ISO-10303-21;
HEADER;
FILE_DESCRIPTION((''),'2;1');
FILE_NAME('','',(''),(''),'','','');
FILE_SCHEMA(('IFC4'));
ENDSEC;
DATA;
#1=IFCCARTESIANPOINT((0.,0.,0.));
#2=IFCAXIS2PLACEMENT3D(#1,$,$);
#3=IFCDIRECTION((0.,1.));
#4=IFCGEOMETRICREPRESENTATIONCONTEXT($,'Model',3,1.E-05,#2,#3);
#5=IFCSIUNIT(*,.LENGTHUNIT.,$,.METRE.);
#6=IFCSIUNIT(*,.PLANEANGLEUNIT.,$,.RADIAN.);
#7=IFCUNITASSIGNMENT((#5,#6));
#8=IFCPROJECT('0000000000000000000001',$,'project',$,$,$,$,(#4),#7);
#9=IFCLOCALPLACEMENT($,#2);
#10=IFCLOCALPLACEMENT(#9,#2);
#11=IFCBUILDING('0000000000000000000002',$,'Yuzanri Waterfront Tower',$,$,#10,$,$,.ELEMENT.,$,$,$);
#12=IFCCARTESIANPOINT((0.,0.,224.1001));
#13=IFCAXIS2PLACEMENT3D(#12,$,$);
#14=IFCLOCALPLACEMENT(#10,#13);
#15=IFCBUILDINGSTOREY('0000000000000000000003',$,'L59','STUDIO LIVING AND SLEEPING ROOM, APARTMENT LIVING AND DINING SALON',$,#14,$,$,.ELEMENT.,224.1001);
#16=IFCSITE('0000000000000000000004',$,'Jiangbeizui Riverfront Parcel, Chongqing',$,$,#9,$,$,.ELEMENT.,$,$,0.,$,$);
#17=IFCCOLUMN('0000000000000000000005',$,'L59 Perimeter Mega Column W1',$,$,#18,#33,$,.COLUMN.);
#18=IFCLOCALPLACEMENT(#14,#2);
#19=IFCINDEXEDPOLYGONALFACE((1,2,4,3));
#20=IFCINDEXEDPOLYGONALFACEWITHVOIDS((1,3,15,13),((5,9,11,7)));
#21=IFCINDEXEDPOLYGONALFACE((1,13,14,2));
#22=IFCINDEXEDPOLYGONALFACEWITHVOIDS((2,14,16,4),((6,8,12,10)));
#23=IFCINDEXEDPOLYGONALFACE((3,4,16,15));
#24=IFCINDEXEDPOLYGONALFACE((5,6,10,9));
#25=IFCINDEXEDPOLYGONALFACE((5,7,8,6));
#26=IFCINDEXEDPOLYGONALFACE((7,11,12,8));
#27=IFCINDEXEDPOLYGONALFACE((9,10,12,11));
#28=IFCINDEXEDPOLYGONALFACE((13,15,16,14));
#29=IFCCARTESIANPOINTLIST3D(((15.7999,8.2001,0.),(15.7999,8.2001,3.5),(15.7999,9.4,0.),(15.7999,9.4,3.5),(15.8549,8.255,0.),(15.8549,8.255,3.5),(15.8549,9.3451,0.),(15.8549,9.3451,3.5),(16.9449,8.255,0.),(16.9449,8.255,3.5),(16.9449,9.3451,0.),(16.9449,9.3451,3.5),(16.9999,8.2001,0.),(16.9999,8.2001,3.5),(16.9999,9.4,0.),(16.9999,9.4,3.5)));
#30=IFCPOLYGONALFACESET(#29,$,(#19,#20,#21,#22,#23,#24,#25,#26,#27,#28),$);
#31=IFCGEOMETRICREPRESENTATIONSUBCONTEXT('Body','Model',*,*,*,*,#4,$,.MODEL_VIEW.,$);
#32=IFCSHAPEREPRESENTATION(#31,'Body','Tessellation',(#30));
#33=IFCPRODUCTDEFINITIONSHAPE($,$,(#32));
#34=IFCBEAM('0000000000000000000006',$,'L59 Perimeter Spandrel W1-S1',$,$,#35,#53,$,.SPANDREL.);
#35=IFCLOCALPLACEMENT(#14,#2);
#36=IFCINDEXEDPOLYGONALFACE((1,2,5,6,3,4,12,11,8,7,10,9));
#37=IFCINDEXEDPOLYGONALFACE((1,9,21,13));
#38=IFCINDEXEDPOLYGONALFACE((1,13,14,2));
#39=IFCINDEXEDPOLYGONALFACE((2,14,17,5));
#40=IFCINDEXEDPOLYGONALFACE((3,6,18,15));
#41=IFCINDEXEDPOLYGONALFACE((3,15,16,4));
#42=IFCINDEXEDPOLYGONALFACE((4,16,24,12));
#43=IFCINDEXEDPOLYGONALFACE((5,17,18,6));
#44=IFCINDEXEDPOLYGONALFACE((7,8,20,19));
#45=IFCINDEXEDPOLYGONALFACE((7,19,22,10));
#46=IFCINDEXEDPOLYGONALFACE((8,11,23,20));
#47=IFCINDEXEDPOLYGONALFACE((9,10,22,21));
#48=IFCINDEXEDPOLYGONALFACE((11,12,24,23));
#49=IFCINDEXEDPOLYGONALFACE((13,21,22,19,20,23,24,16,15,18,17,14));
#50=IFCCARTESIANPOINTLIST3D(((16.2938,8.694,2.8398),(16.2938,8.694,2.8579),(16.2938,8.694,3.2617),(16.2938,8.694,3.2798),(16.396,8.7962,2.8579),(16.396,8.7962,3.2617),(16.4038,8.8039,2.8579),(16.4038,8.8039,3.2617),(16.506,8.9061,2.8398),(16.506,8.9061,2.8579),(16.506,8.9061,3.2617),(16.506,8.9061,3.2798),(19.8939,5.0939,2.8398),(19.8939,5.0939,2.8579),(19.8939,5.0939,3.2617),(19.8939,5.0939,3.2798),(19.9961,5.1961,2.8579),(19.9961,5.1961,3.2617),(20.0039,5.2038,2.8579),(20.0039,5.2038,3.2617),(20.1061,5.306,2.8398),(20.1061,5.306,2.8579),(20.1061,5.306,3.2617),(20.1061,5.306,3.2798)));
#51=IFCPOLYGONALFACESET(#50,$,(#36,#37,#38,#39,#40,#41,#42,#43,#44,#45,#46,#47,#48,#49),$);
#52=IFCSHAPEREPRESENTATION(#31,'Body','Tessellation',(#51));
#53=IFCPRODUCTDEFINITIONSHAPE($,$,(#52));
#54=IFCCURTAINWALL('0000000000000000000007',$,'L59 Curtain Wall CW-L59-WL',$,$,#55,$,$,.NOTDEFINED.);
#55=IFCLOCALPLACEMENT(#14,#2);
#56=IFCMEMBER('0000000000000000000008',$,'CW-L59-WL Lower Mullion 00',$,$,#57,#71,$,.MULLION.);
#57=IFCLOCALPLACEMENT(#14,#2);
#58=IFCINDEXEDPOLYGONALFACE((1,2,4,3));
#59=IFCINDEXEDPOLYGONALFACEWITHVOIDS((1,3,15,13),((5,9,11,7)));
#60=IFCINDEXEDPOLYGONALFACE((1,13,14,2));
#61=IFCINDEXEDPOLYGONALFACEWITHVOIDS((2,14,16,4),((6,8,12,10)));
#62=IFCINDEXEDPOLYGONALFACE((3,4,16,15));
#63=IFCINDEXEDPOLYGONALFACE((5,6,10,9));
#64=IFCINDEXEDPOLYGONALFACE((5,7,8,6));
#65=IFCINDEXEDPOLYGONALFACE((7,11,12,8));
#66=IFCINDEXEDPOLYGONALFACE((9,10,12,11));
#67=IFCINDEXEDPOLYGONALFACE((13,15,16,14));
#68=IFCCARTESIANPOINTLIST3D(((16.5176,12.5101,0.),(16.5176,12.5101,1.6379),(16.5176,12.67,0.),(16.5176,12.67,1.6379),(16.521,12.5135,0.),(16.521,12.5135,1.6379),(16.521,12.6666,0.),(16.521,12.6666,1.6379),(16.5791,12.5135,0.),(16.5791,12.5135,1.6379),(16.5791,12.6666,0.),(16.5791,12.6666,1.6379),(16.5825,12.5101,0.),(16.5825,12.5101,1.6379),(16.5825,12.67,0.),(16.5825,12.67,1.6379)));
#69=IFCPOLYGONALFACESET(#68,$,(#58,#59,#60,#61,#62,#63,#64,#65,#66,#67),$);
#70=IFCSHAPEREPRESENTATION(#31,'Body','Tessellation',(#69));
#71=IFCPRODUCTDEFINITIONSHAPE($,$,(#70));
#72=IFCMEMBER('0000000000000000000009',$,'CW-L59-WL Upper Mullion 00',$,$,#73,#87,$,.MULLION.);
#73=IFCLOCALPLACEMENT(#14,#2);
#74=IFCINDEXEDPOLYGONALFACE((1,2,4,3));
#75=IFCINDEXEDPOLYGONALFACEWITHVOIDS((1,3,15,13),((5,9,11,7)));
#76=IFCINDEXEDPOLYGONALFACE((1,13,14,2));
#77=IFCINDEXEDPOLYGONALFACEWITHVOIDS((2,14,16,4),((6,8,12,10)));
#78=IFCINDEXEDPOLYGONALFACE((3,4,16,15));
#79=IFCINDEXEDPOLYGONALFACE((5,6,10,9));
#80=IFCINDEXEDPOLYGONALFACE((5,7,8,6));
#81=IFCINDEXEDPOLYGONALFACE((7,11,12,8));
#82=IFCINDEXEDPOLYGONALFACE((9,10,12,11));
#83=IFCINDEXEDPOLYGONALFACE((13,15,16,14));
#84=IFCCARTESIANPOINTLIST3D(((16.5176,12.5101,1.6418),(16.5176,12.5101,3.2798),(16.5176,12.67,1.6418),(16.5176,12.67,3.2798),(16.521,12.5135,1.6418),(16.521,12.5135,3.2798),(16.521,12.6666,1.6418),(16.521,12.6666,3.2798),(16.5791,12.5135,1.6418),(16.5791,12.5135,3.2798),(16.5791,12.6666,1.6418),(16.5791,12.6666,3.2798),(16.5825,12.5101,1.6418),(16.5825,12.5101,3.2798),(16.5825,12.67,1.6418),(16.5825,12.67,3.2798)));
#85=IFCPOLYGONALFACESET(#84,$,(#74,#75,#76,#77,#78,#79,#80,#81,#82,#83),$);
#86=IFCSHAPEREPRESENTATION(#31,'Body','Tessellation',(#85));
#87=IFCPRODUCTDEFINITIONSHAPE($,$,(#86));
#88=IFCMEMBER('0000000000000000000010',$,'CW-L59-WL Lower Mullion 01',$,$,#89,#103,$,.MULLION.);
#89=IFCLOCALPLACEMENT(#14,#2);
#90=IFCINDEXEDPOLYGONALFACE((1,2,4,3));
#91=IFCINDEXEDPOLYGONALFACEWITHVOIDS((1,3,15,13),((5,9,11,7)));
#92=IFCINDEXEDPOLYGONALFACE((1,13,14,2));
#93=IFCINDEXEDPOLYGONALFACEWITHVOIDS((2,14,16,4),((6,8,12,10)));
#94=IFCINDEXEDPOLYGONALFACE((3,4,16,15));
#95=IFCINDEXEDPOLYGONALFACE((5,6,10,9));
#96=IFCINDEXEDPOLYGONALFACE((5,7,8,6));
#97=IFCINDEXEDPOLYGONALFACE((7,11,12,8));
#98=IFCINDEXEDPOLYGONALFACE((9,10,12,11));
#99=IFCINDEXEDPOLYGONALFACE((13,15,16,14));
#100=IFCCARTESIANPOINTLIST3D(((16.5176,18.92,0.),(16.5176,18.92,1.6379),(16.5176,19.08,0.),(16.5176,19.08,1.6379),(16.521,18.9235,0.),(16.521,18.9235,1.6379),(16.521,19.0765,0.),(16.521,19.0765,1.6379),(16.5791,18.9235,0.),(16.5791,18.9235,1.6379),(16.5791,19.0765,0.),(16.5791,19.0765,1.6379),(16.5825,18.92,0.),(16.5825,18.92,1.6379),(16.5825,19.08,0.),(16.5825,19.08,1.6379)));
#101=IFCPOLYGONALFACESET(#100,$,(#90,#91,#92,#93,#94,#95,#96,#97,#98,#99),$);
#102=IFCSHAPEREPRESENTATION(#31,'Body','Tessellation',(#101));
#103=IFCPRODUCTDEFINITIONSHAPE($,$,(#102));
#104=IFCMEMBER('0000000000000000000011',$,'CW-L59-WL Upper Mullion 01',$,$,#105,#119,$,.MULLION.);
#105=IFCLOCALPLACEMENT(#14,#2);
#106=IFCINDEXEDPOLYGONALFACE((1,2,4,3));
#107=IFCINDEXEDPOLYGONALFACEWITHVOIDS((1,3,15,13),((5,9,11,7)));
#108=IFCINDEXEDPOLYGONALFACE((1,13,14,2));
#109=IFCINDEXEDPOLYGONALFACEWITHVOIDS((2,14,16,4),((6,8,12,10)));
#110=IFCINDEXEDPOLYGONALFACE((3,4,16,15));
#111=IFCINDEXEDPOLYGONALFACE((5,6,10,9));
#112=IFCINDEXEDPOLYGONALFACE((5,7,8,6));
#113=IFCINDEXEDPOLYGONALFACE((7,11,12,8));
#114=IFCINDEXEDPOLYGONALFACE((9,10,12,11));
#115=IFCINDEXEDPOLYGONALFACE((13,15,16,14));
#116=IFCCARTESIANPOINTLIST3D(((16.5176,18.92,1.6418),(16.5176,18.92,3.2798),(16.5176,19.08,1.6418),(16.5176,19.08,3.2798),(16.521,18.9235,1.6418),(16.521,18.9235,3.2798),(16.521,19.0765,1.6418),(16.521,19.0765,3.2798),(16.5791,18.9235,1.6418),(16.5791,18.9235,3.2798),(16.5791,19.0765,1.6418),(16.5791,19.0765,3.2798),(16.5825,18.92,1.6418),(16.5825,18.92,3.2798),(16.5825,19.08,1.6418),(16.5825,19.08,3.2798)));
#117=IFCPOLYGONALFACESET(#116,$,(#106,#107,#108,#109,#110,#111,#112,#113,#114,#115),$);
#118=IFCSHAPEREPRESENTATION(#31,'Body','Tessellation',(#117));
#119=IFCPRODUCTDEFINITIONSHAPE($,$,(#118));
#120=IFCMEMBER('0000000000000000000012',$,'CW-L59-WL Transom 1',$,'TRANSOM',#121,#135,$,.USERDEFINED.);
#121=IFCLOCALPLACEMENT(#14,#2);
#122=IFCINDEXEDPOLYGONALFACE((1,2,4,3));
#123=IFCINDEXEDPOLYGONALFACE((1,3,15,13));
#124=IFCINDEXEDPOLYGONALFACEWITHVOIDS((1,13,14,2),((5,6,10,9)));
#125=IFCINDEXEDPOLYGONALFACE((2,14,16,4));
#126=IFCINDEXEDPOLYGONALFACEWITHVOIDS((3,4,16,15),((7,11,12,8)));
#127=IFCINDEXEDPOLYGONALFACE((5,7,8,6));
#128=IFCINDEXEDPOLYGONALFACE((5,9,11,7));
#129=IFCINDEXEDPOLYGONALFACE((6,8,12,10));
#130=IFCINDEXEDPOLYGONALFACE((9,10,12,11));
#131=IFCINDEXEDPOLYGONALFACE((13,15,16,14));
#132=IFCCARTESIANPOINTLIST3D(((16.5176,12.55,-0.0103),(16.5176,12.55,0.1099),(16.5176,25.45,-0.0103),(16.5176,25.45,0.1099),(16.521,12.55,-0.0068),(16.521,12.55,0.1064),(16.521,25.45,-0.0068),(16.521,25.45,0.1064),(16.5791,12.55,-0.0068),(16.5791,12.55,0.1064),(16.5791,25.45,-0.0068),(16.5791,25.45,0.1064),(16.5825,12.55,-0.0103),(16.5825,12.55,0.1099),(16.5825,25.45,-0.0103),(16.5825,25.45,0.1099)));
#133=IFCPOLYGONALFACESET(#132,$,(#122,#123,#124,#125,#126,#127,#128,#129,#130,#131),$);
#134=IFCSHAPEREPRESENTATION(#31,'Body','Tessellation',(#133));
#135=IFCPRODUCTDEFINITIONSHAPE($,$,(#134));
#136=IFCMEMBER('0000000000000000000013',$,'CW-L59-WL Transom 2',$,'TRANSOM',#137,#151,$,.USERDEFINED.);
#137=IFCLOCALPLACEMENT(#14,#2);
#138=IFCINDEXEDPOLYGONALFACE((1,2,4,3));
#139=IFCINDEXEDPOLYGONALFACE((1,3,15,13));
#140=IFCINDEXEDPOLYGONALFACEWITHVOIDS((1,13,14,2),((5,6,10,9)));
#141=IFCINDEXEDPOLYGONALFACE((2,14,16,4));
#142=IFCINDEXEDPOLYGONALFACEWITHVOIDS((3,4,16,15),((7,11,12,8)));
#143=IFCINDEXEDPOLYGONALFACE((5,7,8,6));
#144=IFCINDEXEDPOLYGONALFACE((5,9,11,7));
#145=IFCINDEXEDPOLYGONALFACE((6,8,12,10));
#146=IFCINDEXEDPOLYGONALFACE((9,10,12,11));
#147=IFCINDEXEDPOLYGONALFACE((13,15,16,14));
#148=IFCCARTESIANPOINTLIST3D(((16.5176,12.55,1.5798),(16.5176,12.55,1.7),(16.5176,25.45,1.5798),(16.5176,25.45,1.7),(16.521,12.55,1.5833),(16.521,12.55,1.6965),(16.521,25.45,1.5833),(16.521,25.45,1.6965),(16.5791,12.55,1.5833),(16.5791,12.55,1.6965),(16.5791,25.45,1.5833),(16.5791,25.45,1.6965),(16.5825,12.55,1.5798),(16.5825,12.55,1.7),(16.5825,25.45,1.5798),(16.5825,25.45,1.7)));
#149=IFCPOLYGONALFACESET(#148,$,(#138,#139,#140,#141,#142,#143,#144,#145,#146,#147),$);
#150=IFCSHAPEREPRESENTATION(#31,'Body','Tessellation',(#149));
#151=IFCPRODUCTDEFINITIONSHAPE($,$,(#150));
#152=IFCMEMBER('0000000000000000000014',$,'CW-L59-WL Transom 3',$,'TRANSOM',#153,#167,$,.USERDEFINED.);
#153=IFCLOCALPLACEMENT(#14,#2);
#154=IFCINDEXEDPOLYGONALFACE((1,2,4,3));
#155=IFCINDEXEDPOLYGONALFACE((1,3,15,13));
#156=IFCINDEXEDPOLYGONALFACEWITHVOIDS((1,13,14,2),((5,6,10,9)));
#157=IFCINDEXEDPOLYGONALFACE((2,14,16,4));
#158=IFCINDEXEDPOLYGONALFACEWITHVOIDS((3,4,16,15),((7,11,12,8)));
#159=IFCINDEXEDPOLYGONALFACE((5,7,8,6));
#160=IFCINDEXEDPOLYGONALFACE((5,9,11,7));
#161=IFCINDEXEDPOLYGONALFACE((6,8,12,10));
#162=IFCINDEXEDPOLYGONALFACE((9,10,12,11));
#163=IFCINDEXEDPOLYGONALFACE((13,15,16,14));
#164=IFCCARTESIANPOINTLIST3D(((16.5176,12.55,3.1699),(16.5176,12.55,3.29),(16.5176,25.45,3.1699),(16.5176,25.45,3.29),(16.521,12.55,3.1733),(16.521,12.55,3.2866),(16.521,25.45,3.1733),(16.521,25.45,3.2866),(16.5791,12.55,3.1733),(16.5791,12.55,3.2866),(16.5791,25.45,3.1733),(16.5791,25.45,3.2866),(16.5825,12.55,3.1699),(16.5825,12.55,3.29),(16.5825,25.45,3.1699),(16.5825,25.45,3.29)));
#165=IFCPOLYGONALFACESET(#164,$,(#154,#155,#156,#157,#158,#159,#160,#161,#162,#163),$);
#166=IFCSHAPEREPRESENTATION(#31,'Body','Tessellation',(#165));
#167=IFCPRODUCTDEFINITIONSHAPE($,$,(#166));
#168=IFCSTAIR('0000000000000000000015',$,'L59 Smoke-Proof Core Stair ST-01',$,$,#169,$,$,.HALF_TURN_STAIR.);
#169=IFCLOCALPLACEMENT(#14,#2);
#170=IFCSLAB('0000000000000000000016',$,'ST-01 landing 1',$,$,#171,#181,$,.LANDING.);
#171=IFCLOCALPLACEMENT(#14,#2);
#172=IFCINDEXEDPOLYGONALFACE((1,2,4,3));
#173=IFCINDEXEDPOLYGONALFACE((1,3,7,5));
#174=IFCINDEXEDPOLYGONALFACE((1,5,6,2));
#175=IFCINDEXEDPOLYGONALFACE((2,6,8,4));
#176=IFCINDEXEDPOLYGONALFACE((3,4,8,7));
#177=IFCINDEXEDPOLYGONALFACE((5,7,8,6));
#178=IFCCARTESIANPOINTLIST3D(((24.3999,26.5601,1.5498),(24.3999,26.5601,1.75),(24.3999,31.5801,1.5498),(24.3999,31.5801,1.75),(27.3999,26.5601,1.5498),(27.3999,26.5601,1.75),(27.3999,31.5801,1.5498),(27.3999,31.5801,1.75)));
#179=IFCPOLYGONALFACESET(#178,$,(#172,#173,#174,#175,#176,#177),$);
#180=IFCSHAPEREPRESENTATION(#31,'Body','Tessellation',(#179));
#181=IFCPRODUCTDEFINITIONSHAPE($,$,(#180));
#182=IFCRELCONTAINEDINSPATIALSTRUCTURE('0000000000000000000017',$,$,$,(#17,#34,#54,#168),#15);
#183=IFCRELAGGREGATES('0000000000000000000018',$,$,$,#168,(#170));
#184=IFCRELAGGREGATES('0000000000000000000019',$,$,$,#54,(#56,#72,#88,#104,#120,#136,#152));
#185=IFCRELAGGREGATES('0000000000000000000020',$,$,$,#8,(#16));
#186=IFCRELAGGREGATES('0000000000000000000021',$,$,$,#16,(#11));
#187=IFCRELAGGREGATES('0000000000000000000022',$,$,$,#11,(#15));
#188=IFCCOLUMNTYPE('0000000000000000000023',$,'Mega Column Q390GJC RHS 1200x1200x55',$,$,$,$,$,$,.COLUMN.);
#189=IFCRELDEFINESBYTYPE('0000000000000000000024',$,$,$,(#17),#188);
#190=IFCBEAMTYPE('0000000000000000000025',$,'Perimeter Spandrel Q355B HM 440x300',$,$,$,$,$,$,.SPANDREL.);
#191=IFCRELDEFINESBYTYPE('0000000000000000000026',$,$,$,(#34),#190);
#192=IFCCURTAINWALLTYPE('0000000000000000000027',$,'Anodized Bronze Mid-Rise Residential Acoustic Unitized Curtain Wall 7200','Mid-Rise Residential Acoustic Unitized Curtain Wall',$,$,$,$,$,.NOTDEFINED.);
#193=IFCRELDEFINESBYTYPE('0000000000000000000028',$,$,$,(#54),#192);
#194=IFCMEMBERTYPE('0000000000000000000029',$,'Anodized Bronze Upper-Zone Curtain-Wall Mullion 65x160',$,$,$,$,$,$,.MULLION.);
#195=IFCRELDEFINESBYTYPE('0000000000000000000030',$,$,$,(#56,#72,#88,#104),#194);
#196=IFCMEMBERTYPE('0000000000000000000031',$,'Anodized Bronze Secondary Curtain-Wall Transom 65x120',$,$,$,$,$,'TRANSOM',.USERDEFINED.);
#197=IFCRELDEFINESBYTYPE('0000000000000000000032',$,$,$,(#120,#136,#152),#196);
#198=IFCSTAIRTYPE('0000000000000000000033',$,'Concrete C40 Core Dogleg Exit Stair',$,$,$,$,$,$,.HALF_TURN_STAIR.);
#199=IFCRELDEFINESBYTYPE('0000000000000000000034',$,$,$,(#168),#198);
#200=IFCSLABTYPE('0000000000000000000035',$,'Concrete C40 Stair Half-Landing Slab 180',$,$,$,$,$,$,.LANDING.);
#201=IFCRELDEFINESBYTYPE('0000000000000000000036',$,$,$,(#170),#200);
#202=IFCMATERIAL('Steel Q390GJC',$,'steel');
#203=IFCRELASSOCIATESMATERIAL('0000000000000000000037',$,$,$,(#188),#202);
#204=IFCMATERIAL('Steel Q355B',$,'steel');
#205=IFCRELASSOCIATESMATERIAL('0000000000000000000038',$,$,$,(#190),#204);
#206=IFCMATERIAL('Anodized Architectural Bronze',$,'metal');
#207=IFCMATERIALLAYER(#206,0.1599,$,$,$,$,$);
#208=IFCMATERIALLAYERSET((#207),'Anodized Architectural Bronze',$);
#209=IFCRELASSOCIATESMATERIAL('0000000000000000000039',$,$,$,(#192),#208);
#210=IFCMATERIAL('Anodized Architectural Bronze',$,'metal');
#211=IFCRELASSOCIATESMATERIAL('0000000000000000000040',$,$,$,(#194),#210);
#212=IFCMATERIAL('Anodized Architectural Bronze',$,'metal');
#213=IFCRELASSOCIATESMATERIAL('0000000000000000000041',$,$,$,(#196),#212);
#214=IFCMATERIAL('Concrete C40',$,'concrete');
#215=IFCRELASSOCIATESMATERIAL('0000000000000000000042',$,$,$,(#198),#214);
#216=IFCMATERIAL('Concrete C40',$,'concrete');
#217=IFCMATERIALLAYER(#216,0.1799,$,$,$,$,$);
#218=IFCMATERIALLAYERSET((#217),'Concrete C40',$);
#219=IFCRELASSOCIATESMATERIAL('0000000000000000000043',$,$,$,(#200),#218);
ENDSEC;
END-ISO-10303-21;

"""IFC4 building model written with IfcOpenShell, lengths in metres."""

from ifc_helpers import new_model, si_unit, direction, frame, origin, origin_2d, place, context, subcontext, project, spatial, polyline, hollow_rectangle, i_section, outline, extrude, source, transform, mapped, material, layer, layer_set, material_profile, profile_set, type_object, element, aggregate, save


model = new_model("IFC4")

# Units and contexts
model_context = context("Model", 3, precision=1e-05, world=origin(), true_north=direction((0.0, 1.0)))
body_context = subcontext(model_context, "Body", "Model", "MODEL_VIEW")
ifc_project = project(units=[si_unit("LENGTHUNIT", "METRE"), si_unit("PLANEANGLEUNIT", "RADIAN")], contexts=[model_context])

# Site, building, storey
site_placement = place(None, origin())
site = spatial("IfcSite", under=ifc_project, at=site_placement, Name="Jiangbeizui Riverfront Parcel, Chongqing", CompositionType="ELEMENT", RefElevation=0.0)
building_placement = place(site_placement, origin())
building = spatial("IfcBuilding", under=site, at=building_placement, Name="Yuzanri Waterfront Tower", CompositionType="ELEMENT")
storey_placement = place(building_placement, frame((0.0, 0.0, 224.1001)))
storey = spatial("IfcBuildingStorey", under=building, at=storey_placement, Name="L59", Description="STUDIO LIVING AND SLEEPING ROOM, APARTMENT LIVING AND DINING SALON", CompositionType="ELEMENT", Elevation=224.1001)

# Column
ifc_material_1 = material(Name="Steel Q390GJC", Category="steel")
ifc_material_profile_1 = material_profile(ifc_material_1, hollow_rectangle(XDim=1.2, YDim=1.2, WallThickness=0.0549, at=origin_2d()), Name="RHS 1200x1200x55")
ifc_profile_set_1 = profile_set([ifc_material_profile_1], Name="Steel Q390GJC")
column_type = type_object("IfcColumnType", Name="Mega Column Q390GJC RHS 1200x1200x55", PredefinedType="COLUMN", material=ifc_profile_set_1)
shared_shape_1 = source(origin(), body_context, "Body", "SweptSolid", [
    extrude(hollow_rectangle(XDim=1.2, YDim=1.2, WallThickness=0.0549, at=origin_2d()), origin(), (0.0, 0.0, 1.0), 3.5),
])
column_placement = place(storey_placement, frame((16.3999, 8.8, 0.0), z_axis=(0.0, 0.0, 1.0), x_axis=(1.0, 0.0, 0.0)))
element("IfcColumn", 1, at=column_placement, inside=storey, type_object=column_type, Name="L59 Perimeter Mega Column W1", PredefinedType="COLUMN", context=body_context, shape_type="MappedRepresentation", body=[
    mapped(shared_shape_1, transform((0.0, 0.0, 0.0), scale=1.0)),
])

# Beam
ifc_material_2 = material(Name="Steel Q355B", Category="steel")
ifc_material_profile_2 = material_profile(ifc_material_2, i_section(OverallWidth=0.3, OverallDepth=0.4399, WebThickness=0.011, FlangeThickness=0.0181, at=origin_2d()), Name="HM 440x300x11x18")
ifc_profile_set_2 = profile_set([ifc_material_profile_2], Name="Steel Q355B")
beam_type = type_object("IfcBeamType", Name="Perimeter Spandrel Q355B HM 440x300", PredefinedType="SPANDREL", material=ifc_profile_set_2)
shared_shape_2 = source(origin(), body_context, "Body", "SweptSolid", [
    extrude(i_section(OverallWidth=0.3, OverallDepth=0.4399, WebThickness=0.011, FlangeThickness=0.0181, at=origin_2d()), origin(), (0.0, 0.0, 1.0), 5.0913),
])
beam_placement = place(storey_placement, frame((16.3999, 8.8, 3.0598), z_axis=(0.707107, -0.707107, 0.0), x_axis=(0.707107, 0.707107, 0.0)))
element("IfcBeam", 2, at=beam_placement, inside=storey, type_object=beam_type, Name="L59 Perimeter Spandrel W1-S1", PredefinedType="SPANDREL", context=body_context, shape_type="MappedRepresentation", body=[
    mapped(shared_shape_2, transform((0.0, 0.0, 0.0), scale=1.0)),
])

# Curtain wall, members
ifc_material_3 = material(Name="Anodized Architectural Bronze", Category="metal")
ifc_layer_1 = layer(ifc_material_3, 0.1599)
ifc_layer_set_1 = layer_set([ifc_layer_1], Name="Anodized Architectural Bronze")
curtain_wall_type = type_object("IfcCurtainWallType", Name="Anodized Bronze Mid-Rise Residential Acoustic Unitized Curtain Wall 7200", Description="Mid-Rise Residential Acoustic Unitized Curtain Wall", PredefinedType="NOTDEFINED", material=ifc_layer_set_1)
curtain_wall_placement = place(storey_placement, origin())
curtain_wall = element("IfcCurtainWall", 3, at=curtain_wall_placement, inside=storey, type_object=curtain_wall_type, Name="L59 Curtain Wall CW-L59-WL", PredefinedType="NOTDEFINED")
ifc_material_4 = material(Name="Anodized Architectural Bronze", Category="metal")
ifc_material_profile_3 = material_profile(ifc_material_4, hollow_rectangle(XDim=0.0649, YDim=0.1599, WallThickness=0.0034, at=origin_2d()), Name="CWM 65x160")
ifc_profile_set_3 = profile_set([ifc_material_profile_3], Name="Anodized Architectural Bronze")
member_type_1 = type_object("IfcMemberType", Name="Anodized Bronze Upper-Zone Curtain-Wall Mullion 65x160", PredefinedType="MULLION", material=ifc_profile_set_3)
shared_shape_3 = source(origin(), body_context, "Body", "SweptSolid", [
    extrude(hollow_rectangle(XDim=0.0649, YDim=0.1599, WallThickness=0.0034, at=origin_2d()), origin(), (0.0, 0.0, 1.0), 1.6379),
])
member_1_placement = place(storey_placement, frame((16.55, 12.5901, 0.0), z_axis=(0.0, 0.0, 1.0), x_axis=(1.0, 0.0, 0.0)))
member_1 = element("IfcMember", 4, at=member_1_placement, type_object=member_type_1, Name="CW-L59-WL Lower Mullion 00", PredefinedType="MULLION", context=body_context, shape_type="MappedRepresentation", body=[
    mapped(shared_shape_3, transform((0.0, 0.0, 0.0), scale=1.0)),
])
member_2_placement = place(storey_placement, frame((16.55, 12.5901, 1.6418), z_axis=(0.0, 0.0, 1.0), x_axis=(1.0, 0.0, 0.0)))
member_2 = element("IfcMember", 5, at=member_2_placement, type_object=member_type_1, Name="CW-L59-WL Upper Mullion 00", PredefinedType="MULLION", context=body_context, shape_type="MappedRepresentation", body=[
    mapped(shared_shape_3, transform((0.0, 0.0, 0.0), scale=1.0)),
])
member_3_placement = place(storey_placement, frame((16.55, 19.0, 0.0), z_axis=(0.0, 0.0, 1.0), x_axis=(1.0, 0.0, 0.0)))
member_3 = element("IfcMember", 6, at=member_3_placement, type_object=member_type_1, Name="CW-L59-WL Lower Mullion 01", PredefinedType="MULLION", context=body_context, shape_type="MappedRepresentation", body=[
    mapped(shared_shape_3, transform((0.0, 0.0, 0.0), scale=1.0)),
])
member_4_placement = place(storey_placement, frame((16.55, 19.0, 1.6418), z_axis=(0.0, 0.0, 1.0), x_axis=(1.0, 0.0, 0.0)))
member_4 = element("IfcMember", 7, at=member_4_placement, type_object=member_type_1, Name="CW-L59-WL Upper Mullion 01", PredefinedType="MULLION", context=body_context, shape_type="MappedRepresentation", body=[
    mapped(shared_shape_3, transform((0.0, 0.0, 0.0), scale=1.0)),
])
ifc_material_5 = material(Name="Anodized Architectural Bronze", Category="metal")
ifc_material_profile_4 = material_profile(ifc_material_5, hollow_rectangle(XDim=0.0649, YDim=0.1201, WallThickness=0.0034, at=origin_2d()), Name="CWT 65x120")
ifc_profile_set_4 = profile_set([ifc_material_profile_4], Name="Anodized Architectural Bronze")
member_type_2 = type_object("IfcMemberType", Name="Anodized Bronze Secondary Curtain-Wall Transom 65x120", ElementType="TRANSOM", PredefinedType="USERDEFINED", material=ifc_profile_set_4)
shared_shape_4 = source(origin(), body_context, "Body", "SweptSolid", [
    extrude(hollow_rectangle(XDim=0.0649, YDim=0.1201, WallThickness=0.0034, at=origin_2d()), origin(), (0.0, 0.0, 1.0), 12.8999),
])
member_5_placement = place(storey_placement, frame((16.55, 12.55, 0.0498), z_axis=(0.0, 1.0, 0.0), x_axis=(-1.0, 0.0, 0.0)))
member_5 = element("IfcMember", 8, at=member_5_placement, type_object=member_type_2, Name="CW-L59-WL Transom 1", ObjectType="TRANSOM", PredefinedType="USERDEFINED", context=body_context, shape_type="MappedRepresentation", body=[
    mapped(shared_shape_4, transform((0.0, 0.0, 0.0), scale=1.0)),
])
member_6_placement = place(storey_placement, frame((16.55, 12.55, 1.6399), z_axis=(0.0, 1.0, 0.0), x_axis=(-1.0, 0.0, 0.0)))
member_6 = element("IfcMember", 9, at=member_6_placement, type_object=member_type_2, Name="CW-L59-WL Transom 2", ObjectType="TRANSOM", PredefinedType="USERDEFINED", context=body_context, shape_type="MappedRepresentation", body=[
    mapped(shared_shape_4, transform((0.0, 0.0, 0.0), scale=1.0)),
])
member_7_placement = place(storey_placement, frame((16.55, 12.55, 3.23), z_axis=(0.0, 1.0, 0.0), x_axis=(-1.0, 0.0, 0.0)))
member_7 = element("IfcMember", 10, at=member_7_placement, type_object=member_type_2, Name="CW-L59-WL Transom 3", ObjectType="TRANSOM", PredefinedType="USERDEFINED", context=body_context, shape_type="MappedRepresentation", body=[
    mapped(shared_shape_4, transform((0.0, 0.0, 0.0), scale=1.0)),
])

# Stair, slab
ifc_material_6 = material(Name="Concrete C40", Category="concrete")
stair_type = type_object("IfcStairType", Name="Concrete C40 Core Dogleg Exit Stair", PredefinedType="HALF_TURN_STAIR", material=ifc_material_6)
stair_1_placement = place(storey_placement, origin())
stair_1 = element("IfcStair", 11, at=stair_1_placement, inside=storey, type_object=stair_type, Name="L59 Smoke-Proof Core Stair ST-01", PredefinedType="HALF_TURN_STAIR")
ifc_material_7 = material(Name="Concrete C40", Category="concrete")
ifc_layer_2 = layer(ifc_material_7, 0.1799)
ifc_layer_set_2 = layer_set([ifc_layer_2], Name="Concrete C40")
slab_type_1 = type_object("IfcSlabType", Name="Concrete C40 Stair Half-Landing Slab 180", PredefinedType="LANDING", material=ifc_layer_set_2)
slab_1_placement = place(storey_placement, frame((0.0, 0.0, 1.5498)))
slab_1 = element("IfcSlab", 12, at=slab_1_placement, type_object=slab_type_1, Name="ST-01 landing 1", PredefinedType="LANDING", context=body_context, shape_type="SweptSolid", body=[
    extrude(outline(polyline([(27.3999, 26.5601), (27.3999, 31.5801), (24.3999, 31.5801), (24.3999, 26.5601), (27.3999, 26.5601)])), origin(), (0.0, 0.0, 1.0), 0.2002),
])
aggregate(stair_1, [slab_1])

aggregate(curtain_wall, [member_1, member_2, member_3, member_4, member_5, member_6, member_7])

save(model, "model.ifc")
